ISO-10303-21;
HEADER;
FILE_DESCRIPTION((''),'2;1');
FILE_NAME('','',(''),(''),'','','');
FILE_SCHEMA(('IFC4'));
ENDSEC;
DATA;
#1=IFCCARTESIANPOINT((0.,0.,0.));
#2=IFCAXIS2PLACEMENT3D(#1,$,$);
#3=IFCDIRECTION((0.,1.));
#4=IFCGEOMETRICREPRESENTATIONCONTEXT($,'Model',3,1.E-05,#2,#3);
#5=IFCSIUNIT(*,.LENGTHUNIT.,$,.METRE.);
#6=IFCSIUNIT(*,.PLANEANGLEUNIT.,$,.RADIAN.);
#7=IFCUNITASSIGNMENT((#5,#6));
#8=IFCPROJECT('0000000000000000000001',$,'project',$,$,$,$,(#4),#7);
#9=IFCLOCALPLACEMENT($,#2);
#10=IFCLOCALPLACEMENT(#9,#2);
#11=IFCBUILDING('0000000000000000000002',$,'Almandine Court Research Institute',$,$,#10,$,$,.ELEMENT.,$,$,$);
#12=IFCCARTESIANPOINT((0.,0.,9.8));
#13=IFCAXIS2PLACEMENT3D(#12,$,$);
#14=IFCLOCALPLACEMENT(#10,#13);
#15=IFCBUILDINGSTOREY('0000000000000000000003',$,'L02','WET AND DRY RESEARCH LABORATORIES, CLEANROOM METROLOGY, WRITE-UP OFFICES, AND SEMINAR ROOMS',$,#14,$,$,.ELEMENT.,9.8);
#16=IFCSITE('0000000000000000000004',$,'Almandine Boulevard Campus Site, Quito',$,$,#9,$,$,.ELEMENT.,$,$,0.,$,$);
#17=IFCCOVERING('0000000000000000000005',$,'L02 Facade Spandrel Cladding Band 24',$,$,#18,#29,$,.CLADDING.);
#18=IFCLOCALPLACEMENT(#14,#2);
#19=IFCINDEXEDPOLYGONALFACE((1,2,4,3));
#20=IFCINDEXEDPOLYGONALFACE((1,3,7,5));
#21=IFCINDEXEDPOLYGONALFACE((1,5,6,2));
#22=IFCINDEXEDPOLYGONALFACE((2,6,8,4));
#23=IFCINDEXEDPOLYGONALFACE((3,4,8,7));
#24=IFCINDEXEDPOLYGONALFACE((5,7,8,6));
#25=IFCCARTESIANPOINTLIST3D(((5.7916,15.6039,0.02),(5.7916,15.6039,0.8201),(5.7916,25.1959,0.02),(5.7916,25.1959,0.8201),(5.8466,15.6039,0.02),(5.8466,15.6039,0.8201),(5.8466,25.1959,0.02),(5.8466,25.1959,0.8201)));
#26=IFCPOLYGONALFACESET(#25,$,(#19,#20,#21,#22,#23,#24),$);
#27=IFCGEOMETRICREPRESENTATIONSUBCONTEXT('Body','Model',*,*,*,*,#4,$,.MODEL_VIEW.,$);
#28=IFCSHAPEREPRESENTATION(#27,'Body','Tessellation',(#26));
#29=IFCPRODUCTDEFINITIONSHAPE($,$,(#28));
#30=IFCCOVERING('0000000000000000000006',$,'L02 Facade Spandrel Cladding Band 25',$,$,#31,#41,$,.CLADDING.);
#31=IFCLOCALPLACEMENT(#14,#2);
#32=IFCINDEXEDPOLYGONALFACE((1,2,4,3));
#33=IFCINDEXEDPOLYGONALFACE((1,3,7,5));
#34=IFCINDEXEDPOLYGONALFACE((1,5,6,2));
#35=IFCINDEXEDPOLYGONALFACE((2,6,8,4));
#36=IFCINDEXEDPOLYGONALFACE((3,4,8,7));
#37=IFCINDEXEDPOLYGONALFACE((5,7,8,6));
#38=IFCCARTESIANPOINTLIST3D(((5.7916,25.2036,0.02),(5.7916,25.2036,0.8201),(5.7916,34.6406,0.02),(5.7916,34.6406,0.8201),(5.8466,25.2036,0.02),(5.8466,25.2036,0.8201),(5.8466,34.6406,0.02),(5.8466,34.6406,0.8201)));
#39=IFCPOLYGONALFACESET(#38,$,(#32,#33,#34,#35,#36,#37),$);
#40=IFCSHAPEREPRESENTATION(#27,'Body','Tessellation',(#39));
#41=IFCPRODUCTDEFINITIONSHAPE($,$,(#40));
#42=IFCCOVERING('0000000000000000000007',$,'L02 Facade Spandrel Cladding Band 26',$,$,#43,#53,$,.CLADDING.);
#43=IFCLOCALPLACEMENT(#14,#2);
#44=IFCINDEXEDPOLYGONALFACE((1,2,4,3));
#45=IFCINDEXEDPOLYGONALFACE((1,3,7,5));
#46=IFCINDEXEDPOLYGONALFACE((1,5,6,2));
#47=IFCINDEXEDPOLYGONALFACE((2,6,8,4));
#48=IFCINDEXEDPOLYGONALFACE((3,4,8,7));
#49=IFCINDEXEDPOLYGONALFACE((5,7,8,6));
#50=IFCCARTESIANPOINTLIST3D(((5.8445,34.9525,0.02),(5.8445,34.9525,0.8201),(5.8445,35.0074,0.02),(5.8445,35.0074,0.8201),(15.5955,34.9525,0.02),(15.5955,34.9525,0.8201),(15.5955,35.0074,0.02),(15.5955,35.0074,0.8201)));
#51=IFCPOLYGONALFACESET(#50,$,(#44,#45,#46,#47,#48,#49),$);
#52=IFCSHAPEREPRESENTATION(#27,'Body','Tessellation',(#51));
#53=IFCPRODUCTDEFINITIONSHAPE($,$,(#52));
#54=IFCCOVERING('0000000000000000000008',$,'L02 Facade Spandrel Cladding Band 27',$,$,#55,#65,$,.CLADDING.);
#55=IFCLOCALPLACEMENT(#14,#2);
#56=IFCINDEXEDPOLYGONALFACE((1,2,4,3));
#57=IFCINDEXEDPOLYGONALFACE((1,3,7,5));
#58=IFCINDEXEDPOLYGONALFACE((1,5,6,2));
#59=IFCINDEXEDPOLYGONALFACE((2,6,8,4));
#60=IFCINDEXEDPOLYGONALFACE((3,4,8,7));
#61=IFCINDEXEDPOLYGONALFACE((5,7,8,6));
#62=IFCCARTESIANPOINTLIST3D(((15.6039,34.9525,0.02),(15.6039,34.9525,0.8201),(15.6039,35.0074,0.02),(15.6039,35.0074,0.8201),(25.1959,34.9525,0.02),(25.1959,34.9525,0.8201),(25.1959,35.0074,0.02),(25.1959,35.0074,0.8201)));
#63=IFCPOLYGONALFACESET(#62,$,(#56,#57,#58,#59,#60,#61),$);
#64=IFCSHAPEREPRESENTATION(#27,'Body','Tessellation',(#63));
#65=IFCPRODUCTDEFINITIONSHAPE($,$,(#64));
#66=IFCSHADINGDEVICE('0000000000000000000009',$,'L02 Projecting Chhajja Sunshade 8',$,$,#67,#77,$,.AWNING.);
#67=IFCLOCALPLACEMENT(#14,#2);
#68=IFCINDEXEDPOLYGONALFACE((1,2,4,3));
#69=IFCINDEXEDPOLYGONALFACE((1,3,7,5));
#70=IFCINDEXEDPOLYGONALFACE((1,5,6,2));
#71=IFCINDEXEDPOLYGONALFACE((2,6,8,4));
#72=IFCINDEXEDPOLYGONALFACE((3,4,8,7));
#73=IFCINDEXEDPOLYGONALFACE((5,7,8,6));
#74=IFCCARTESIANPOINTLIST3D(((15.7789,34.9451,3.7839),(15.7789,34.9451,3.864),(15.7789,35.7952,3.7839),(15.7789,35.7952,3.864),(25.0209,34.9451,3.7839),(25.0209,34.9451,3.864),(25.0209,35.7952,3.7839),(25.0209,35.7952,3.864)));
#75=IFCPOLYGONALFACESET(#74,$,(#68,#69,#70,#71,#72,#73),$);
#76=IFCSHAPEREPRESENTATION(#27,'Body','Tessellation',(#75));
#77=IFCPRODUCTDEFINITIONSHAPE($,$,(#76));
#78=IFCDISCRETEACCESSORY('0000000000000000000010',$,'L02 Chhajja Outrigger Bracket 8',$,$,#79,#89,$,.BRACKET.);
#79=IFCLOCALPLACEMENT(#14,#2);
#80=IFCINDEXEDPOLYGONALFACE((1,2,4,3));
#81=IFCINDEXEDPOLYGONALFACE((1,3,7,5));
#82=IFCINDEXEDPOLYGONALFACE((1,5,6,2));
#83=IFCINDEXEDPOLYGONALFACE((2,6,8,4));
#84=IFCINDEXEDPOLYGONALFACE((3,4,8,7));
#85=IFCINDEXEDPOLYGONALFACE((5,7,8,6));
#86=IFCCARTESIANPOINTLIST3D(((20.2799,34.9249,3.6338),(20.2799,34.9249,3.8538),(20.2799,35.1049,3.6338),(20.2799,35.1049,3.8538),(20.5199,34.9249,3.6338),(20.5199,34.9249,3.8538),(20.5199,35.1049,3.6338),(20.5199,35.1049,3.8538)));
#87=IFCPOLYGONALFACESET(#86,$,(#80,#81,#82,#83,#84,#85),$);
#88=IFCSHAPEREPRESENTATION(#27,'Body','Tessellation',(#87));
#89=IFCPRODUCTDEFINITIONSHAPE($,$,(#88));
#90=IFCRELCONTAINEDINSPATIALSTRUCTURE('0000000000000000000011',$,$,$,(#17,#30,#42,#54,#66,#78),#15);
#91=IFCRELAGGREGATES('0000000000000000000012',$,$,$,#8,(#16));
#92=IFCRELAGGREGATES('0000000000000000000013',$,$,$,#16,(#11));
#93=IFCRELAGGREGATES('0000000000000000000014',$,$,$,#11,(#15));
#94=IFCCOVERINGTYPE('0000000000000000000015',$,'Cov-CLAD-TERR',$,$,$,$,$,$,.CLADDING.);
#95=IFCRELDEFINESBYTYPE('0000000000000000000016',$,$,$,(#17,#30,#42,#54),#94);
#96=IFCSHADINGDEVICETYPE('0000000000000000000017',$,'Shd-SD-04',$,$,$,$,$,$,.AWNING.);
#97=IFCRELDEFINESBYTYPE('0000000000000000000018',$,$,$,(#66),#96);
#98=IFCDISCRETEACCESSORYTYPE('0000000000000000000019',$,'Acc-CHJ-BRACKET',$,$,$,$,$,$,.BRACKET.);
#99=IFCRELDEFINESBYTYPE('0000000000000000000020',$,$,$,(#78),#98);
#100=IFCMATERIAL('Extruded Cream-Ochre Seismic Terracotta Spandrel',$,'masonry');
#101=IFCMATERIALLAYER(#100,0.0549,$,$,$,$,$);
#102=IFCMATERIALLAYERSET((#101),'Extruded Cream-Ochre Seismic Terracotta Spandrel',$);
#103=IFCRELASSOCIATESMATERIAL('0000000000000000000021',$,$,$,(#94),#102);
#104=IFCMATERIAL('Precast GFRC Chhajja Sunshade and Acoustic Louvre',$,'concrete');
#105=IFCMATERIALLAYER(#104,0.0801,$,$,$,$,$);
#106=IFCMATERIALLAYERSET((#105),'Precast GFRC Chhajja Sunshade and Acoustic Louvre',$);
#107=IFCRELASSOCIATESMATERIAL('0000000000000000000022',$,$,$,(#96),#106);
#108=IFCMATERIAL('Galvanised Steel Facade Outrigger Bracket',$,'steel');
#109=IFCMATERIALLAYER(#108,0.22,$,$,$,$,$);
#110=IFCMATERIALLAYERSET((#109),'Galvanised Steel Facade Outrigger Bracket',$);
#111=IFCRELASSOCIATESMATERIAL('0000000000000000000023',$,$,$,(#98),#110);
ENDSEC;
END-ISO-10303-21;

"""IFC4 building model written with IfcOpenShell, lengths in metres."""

from ifc_helpers import new_model, si_unit, direction, frame, origin, origin_2d, place, context, subcontext, project, spatial, rectangle, extrude, material, layer, layer_set, type_object, element, save


model = new_model("IFC4")

# Units and contexts
model_context = context("Model", 3, precision=1e-05, world=origin(), true_north=direction((0.0, 1.0)))
body_context = subcontext(model_context, "Body", "Model", "MODEL_VIEW")
ifc_project = project(units=[si_unit("LENGTHUNIT", "METRE"), si_unit("PLANEANGLEUNIT", "RADIAN")], contexts=[model_context])

# Site, building, storey
site_placement = place(None, origin())
site = spatial("IfcSite", under=ifc_project, at=site_placement, Name="Almandine Boulevard Campus Site, Quito", CompositionType="ELEMENT", RefElevation=0.0)
building_placement = place(site_placement, origin())
building = spatial("IfcBuilding", under=site, at=building_placement, Name="Almandine Court Research Institute", CompositionType="ELEMENT")
storey_placement = place(building_placement, frame((0.0, 0.0, 9.8)))
storey = spatial("IfcBuildingStorey", under=building, at=storey_placement, Name="L02", Description="WET AND DRY RESEARCH LABORATORIES, CLEANROOM METROLOGY, WRITE-UP OFFICES, AND SEMINAR ROOMS", CompositionType="ELEMENT", Elevation=9.8)

# Coverings
ifc_material_1 = material(Name="Extruded Cream-Ochre Seismic Terracotta Spandrel", Category="masonry")
ifc_layer_1 = layer(ifc_material_1, 0.0549)
ifc_layer_set_1 = layer_set([ifc_layer_1], Name="Extruded Cream-Ochre Seismic Terracotta Spandrel")
covering_type = type_object("IfcCoveringType", Name="Cov-CLAD-TERR", PredefinedType="CLADDING", material=ifc_layer_set_1)
covering_1_placement = place(storey_placement, frame((5.8191, 20.3999, 0.02), z_axis=(0.0, 0.0, 1.0), x_axis=(0.0, 1.0, 0.0)))
element("IfcCovering", 1, at=covering_1_placement, inside=storey, type_object=covering_type, Name="L02 Facade Spandrel Cladding Band 24", PredefinedType="CLADDING", context=body_context, shape_type="SweptSolid", body=[
    extrude(rectangle(XDim=9.592, YDim=0.0549, at=origin_2d()), origin(), (0.0, 0.0, 1.0), 0.8),
])
covering_2_placement = place(storey_placement, frame((5.8191, 29.9221, 0.02), z_axis=(0.0, 0.0, 1.0), x_axis=(0.0, 1.0, 0.0)))
element("IfcCovering", 2, at=covering_2_placement, inside=storey, type_object=covering_type, Name="L02 Facade Spandrel Cladding Band 25", PredefinedType="CLADDING", context=body_context, shape_type="SweptSolid", body=[
    extrude(rectangle(XDim=9.437, YDim=0.0549, at=origin_2d()), origin(), (0.0, 0.0, 1.0), 0.8),
])
covering_3_placement = place(storey_placement, frame((10.72, 34.98, 0.02), z_axis=(0.0, 0.0, 1.0), x_axis=(1.0, 0.0, 0.0)))
element("IfcCovering", 3, at=covering_3_placement, inside=storey, type_object=covering_type, Name="L02 Facade Spandrel Cladding Band 26", PredefinedType="CLADDING", context=body_context, shape_type="SweptSolid", body=[
    extrude(rectangle(XDim=9.751, YDim=0.0549, at=origin_2d()), origin(), (0.0, 0.0, 1.0), 0.8),
])
covering_4_placement = place(storey_placement, frame((20.3999, 34.98, 0.02), z_axis=(0.0, 0.0, 1.0), x_axis=(1.0, 0.0, 0.0)))
element("IfcCovering", 4, at=covering_4_placement, inside=storey, type_object=covering_type, Name="L02 Facade Spandrel Cladding Band 27", PredefinedType="CLADDING", context=body_context, shape_type="SweptSolid", body=[
    extrude(rectangle(XDim=9.592, YDim=0.0549, at=origin_2d()), origin(), (0.0, 0.0, 1.0), 0.8),
])

# Shading device
ifc_material_2 = material(Name="Precast GFRC Chhajja Sunshade and Acoustic Louvre", Category="concrete")
ifc_layer_2 = layer(ifc_material_2, 0.0801)
ifc_layer_set_2 = layer_set([ifc_layer_2], Name="Precast GFRC Chhajja Sunshade and Acoustic Louvre")
shading_device_type = type_object("IfcShadingDeviceType", Name="Shd-SD-04", PredefinedType="AWNING", material=ifc_layer_set_2)
shading_device_placement = place(storey_placement, frame((20.3999, 35.3701, 3.7839), z_axis=(0.0, 0.0, 1.0), x_axis=(1.0, 0.0, 0.0)))
element("IfcShadingDevice", 5, at=shading_device_placement, inside=storey, type_object=shading_device_type, Name="L02 Projecting Chhajja Sunshade 8", PredefinedType="AWNING", context=body_context, shape_type="SweptSolid", body=[
    extrude(rectangle(XDim=9.2419, YDim=0.8501, at=origin_2d()), origin(), (0.0, 0.0, 1.0), 0.0801),
])

# Discrete accessory
ifc_material_3 = material(Name="Galvanised Steel Facade Outrigger Bracket", Category="steel")
ifc_layer_3 = layer(ifc_material_3, 0.22)
ifc_layer_set_3 = layer_set([ifc_layer_3], Name="Galvanised Steel Facade Outrigger Bracket")
discrete_accessory_type = type_object("IfcDiscreteAccessoryType", Name="Acc-CHJ-BRACKET", PredefinedType="BRACKET", material=ifc_layer_set_3)
discrete_accessory_placement = place(storey_placement, frame((20.3999, 35.0149, 3.6338), z_axis=(0.0, 0.0, 1.0), x_axis=(1.0, 0.0, 0.0)))
element("IfcDiscreteAccessory", 6, at=discrete_accessory_placement, inside=storey, type_object=discrete_accessory_type, Name="L02 Chhajja Outrigger Bracket 8", PredefinedType="BRACKET", context=body_context, shape_type="SweptSolid", body=[
    extrude(rectangle(XDim=0.24, YDim=0.1799, at=origin_2d()), origin(), (0.0, 0.0, 1.0), 0.22),
])

save(model, "model.ifc")
